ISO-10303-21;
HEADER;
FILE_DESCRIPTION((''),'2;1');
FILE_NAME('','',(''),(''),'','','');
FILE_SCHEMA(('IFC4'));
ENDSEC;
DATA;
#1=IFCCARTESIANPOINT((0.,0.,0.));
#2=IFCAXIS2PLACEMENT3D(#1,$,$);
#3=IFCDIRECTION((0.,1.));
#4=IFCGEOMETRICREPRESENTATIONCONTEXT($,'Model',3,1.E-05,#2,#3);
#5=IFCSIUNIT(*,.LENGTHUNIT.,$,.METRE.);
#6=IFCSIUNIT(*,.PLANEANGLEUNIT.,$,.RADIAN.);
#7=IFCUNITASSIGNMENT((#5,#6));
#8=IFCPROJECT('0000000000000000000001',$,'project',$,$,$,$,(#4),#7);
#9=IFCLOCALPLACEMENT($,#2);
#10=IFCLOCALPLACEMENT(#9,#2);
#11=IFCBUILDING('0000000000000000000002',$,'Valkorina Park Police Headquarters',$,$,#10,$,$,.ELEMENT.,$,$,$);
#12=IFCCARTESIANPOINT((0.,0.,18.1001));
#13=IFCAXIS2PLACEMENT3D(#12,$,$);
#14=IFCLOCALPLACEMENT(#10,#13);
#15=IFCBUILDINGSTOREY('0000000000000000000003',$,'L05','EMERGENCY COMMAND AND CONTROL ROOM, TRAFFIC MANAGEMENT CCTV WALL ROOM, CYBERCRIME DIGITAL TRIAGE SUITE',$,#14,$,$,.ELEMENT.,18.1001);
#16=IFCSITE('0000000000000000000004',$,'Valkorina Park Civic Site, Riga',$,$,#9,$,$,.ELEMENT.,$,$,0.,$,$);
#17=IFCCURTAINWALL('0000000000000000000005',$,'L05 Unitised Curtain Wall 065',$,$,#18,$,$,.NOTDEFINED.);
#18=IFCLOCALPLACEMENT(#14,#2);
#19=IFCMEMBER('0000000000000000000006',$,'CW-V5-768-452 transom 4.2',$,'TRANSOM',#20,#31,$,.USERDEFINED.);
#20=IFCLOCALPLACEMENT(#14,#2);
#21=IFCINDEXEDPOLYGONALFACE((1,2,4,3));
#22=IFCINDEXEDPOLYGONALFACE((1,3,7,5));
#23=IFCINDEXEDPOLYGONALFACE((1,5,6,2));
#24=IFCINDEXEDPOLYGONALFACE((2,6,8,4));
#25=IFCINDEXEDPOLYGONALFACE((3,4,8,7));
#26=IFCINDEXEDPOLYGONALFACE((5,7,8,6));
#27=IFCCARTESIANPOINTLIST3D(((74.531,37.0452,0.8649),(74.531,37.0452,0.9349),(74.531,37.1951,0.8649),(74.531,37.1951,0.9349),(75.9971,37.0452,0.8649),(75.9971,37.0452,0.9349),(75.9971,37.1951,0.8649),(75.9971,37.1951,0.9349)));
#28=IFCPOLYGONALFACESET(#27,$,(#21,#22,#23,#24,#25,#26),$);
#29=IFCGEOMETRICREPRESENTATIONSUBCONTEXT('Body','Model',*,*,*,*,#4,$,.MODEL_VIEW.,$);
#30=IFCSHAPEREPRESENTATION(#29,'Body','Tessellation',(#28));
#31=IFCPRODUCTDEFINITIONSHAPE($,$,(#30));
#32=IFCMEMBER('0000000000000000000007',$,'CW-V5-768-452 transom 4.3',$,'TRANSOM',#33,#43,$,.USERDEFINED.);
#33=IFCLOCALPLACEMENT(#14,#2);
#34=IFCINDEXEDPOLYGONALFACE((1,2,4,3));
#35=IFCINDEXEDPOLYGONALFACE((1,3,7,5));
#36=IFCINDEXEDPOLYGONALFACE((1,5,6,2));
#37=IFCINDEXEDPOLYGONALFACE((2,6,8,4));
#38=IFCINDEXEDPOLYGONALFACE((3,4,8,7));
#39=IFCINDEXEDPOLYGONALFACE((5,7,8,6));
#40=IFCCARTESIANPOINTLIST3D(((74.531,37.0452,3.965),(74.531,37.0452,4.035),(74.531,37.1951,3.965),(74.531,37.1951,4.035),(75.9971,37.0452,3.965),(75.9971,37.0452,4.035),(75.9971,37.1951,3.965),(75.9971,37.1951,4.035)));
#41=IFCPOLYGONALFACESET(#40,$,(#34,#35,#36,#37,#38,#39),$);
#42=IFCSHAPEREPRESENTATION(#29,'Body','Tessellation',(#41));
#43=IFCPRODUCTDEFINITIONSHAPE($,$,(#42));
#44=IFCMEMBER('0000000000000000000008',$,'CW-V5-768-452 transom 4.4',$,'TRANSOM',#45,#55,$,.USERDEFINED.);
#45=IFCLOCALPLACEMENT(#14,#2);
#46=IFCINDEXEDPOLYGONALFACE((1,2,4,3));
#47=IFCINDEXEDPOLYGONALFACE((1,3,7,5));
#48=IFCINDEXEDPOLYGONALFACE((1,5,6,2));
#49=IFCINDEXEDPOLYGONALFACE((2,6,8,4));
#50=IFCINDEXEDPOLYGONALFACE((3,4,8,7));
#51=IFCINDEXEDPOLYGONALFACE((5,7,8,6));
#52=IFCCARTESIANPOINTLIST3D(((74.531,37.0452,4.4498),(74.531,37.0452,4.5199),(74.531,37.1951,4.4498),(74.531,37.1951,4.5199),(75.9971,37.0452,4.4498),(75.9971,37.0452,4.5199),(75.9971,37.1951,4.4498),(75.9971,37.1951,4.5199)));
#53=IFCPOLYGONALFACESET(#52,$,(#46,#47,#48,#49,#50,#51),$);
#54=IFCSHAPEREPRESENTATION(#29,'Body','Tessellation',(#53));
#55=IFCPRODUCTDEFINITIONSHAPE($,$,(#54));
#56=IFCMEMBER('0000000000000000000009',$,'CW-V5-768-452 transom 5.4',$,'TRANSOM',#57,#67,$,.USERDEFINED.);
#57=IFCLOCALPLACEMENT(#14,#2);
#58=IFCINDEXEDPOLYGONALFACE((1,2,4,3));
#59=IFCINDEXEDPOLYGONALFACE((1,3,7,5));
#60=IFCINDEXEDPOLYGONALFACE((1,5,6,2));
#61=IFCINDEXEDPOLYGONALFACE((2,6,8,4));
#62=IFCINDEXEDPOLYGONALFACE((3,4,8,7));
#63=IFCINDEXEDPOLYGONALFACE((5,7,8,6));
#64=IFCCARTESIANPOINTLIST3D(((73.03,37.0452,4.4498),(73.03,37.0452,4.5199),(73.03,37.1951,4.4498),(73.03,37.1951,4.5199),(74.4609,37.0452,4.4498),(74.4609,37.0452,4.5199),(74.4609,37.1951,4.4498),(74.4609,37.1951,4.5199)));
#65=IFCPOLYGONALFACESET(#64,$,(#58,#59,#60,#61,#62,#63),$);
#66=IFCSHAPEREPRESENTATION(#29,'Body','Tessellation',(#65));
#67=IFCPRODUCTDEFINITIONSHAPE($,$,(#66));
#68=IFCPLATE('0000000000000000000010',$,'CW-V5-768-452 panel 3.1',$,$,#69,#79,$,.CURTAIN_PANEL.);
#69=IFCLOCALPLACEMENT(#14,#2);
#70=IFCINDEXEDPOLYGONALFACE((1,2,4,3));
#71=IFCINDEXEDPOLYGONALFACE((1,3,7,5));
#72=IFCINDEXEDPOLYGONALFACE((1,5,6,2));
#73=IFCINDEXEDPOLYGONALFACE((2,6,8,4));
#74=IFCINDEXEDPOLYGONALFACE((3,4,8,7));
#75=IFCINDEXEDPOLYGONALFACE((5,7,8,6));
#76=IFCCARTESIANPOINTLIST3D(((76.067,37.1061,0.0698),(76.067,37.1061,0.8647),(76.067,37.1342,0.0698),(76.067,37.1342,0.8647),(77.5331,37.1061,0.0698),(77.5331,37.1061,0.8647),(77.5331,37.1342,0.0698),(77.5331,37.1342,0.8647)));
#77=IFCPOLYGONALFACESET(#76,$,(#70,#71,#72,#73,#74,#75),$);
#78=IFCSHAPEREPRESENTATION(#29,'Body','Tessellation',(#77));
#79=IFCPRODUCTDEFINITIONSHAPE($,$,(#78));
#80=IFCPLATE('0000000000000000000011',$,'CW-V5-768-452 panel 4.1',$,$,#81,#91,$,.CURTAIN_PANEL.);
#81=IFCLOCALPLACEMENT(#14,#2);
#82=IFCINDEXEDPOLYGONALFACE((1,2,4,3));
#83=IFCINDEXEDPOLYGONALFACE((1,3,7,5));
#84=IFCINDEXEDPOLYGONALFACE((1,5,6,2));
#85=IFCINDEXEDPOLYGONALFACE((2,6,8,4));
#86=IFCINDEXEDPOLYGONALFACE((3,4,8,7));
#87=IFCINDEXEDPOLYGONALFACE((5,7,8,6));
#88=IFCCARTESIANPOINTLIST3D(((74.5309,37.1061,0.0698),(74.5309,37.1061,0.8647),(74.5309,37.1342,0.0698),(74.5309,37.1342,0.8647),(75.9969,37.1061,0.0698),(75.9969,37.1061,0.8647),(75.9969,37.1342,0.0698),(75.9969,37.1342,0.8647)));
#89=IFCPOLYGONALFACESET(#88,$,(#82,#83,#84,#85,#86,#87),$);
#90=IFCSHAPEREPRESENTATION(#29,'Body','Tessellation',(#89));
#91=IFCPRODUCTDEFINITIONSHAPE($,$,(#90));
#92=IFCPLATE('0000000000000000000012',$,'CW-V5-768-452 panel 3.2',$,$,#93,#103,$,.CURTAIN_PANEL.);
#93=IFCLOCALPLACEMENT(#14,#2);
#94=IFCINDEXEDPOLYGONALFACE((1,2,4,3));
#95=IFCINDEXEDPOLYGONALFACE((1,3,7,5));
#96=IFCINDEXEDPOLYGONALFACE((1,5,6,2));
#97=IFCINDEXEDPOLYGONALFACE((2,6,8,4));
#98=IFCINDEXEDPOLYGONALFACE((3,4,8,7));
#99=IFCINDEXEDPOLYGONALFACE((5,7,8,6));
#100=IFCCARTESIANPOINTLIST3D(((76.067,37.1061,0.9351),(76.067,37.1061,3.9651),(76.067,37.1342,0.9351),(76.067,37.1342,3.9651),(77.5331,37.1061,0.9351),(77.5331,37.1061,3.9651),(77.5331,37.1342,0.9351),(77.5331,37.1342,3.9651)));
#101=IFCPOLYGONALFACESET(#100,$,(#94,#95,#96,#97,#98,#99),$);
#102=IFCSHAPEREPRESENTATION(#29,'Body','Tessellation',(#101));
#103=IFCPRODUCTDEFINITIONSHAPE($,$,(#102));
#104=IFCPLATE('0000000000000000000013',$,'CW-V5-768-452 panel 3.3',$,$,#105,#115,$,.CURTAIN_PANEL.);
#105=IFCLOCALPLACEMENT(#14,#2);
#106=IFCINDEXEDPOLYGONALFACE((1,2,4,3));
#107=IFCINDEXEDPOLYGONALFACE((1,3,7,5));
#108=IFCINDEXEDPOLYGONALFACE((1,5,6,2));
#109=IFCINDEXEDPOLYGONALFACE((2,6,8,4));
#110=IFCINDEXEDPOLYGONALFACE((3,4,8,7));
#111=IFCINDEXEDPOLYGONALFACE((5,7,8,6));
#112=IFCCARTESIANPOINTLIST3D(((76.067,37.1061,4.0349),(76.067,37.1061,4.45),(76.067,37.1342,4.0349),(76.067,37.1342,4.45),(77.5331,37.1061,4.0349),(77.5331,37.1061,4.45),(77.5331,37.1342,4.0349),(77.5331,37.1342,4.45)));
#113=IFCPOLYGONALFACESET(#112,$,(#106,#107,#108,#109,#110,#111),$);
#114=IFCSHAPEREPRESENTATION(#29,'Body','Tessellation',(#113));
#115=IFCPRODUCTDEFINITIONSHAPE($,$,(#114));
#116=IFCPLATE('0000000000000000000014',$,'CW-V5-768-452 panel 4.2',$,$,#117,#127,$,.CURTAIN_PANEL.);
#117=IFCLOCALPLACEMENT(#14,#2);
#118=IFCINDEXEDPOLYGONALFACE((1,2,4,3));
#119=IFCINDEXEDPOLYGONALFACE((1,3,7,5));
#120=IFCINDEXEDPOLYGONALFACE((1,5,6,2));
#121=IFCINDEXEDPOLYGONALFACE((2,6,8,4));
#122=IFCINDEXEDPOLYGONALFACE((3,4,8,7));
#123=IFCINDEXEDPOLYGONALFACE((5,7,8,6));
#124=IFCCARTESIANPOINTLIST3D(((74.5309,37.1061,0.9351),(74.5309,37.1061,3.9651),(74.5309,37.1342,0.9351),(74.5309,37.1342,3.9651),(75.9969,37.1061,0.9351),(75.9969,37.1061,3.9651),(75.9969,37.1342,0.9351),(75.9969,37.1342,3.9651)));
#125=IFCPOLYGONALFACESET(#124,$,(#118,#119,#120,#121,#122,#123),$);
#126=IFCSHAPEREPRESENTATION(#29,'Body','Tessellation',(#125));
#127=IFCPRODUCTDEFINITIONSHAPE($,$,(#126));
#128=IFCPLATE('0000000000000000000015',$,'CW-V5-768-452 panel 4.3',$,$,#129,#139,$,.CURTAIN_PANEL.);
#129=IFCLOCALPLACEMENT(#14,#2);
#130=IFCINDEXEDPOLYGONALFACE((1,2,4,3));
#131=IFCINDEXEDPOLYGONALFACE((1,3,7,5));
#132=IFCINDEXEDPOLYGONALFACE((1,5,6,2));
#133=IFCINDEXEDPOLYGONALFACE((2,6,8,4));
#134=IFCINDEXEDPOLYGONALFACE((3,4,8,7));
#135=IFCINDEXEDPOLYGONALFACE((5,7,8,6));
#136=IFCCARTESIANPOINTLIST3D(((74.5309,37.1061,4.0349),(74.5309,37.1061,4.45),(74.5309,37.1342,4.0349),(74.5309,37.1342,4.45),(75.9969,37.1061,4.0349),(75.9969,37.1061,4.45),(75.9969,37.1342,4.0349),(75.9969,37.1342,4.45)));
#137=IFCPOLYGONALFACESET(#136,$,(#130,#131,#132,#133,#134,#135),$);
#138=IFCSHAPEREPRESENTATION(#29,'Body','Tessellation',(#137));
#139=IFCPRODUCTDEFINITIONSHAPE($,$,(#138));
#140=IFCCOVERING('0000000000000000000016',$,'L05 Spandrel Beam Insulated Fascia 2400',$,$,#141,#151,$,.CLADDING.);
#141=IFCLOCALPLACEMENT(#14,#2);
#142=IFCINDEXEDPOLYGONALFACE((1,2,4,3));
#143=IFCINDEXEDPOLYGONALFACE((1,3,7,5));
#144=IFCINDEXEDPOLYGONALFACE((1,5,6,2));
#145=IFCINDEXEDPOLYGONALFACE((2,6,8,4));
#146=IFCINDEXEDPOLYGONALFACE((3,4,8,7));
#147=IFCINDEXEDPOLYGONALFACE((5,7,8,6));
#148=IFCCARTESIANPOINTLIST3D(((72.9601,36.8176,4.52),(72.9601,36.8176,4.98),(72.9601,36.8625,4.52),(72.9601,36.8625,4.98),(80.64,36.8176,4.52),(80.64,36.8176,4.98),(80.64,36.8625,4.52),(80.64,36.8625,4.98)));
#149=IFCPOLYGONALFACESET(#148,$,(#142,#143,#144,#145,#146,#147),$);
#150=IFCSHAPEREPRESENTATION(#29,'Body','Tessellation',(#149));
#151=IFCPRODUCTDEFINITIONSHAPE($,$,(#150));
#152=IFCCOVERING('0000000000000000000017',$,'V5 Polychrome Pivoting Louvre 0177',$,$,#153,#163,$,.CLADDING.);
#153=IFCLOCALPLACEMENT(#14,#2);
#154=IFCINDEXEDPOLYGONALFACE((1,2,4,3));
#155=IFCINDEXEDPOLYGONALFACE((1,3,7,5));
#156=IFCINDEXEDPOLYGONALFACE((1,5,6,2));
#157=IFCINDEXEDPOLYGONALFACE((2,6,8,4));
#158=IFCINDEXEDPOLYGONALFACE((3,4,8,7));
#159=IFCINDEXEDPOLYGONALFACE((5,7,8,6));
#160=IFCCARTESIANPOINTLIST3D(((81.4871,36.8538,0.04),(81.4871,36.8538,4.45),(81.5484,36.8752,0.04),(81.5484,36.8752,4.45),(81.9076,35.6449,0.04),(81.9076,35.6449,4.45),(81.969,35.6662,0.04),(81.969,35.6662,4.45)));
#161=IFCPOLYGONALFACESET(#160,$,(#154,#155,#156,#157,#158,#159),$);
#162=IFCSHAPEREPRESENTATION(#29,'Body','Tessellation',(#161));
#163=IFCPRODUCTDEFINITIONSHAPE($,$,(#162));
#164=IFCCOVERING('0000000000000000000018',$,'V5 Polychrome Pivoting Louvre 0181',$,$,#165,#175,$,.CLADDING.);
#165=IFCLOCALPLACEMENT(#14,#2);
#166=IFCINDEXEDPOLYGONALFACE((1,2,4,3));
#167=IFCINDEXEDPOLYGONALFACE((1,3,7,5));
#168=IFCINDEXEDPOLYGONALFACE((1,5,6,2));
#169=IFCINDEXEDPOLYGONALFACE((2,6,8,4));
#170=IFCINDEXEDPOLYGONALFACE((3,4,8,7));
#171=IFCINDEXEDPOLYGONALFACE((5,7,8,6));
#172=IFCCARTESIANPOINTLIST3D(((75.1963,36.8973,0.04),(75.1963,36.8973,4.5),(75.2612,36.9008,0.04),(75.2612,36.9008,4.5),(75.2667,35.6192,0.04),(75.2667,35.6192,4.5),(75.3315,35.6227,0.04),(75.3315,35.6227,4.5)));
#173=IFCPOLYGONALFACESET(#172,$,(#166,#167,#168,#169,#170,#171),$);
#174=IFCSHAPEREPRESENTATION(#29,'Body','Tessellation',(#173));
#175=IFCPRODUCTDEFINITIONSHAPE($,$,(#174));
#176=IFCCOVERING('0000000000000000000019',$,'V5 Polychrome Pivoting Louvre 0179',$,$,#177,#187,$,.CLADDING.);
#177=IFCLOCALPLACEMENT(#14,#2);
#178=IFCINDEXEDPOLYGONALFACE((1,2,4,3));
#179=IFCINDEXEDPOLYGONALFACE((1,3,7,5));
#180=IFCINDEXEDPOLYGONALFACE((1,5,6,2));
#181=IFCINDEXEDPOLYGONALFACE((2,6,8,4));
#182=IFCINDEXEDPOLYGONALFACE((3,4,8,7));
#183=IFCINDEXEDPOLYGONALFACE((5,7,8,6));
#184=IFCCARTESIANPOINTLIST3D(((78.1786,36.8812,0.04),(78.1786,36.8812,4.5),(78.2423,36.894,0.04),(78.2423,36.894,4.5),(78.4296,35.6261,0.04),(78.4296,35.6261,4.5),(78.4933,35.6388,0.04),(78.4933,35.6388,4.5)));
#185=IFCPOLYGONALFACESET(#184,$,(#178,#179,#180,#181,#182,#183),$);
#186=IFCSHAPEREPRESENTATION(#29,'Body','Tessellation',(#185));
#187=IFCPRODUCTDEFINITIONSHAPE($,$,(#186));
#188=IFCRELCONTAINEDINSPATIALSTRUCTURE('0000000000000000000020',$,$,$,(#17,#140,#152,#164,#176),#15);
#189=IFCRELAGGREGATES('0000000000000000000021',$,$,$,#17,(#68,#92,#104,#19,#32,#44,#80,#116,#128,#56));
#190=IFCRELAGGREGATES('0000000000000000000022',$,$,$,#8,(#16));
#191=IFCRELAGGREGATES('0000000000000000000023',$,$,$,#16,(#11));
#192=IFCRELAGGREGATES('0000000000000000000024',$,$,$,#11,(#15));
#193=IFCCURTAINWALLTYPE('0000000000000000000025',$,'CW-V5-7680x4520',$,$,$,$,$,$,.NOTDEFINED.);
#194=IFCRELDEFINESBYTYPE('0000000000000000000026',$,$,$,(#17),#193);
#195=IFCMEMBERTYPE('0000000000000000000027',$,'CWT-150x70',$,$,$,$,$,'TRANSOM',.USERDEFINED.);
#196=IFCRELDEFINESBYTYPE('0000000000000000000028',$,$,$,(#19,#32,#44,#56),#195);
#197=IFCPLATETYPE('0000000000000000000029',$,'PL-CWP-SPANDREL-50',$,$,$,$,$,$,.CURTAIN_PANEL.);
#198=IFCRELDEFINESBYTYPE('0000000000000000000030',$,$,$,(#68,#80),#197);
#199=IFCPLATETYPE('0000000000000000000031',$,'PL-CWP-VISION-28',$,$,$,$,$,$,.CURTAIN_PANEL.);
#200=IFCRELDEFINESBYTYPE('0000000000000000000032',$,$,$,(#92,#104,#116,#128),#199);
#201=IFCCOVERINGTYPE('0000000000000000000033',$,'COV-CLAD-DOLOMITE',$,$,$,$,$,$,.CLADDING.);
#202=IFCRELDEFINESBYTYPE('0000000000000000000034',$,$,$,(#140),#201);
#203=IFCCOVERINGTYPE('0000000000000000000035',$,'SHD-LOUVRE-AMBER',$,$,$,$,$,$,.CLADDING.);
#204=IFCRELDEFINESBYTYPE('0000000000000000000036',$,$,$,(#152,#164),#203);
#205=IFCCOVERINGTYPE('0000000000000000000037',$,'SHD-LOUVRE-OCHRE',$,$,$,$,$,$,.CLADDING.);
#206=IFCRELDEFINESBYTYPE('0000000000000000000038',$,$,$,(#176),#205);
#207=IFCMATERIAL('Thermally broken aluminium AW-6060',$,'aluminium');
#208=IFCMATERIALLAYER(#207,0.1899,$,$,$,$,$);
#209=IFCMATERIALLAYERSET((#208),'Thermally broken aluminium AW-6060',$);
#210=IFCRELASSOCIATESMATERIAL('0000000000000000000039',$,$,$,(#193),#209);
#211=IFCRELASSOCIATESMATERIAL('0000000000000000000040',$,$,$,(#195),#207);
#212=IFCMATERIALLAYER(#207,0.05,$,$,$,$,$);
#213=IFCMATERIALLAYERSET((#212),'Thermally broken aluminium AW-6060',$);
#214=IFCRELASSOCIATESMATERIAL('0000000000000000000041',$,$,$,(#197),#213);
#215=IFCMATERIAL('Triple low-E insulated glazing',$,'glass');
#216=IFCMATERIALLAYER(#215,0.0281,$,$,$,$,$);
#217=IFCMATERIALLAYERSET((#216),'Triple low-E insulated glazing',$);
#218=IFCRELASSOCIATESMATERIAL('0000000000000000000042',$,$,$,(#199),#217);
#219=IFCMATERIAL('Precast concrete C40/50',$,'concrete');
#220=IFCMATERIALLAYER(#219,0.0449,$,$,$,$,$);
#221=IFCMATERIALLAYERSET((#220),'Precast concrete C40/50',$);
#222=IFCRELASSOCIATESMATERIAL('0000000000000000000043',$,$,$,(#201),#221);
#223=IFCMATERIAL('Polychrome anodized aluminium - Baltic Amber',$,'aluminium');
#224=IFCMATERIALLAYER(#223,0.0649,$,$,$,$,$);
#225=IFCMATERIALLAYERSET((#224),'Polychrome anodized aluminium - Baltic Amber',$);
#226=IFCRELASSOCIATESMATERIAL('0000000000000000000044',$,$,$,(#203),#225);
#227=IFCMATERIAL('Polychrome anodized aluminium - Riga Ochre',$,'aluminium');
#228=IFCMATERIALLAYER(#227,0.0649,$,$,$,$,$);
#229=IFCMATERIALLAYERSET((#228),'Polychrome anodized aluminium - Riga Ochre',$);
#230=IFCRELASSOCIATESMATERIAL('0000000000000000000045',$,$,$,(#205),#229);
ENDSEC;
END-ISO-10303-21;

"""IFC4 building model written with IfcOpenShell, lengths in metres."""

from ifc_helpers import new_model, si_unit, direction, frame, frame_2d, origin, origin_2d, place, context, subcontext, project, spatial, rectangle, extrude, material, layer, layer_set, material_profile, profile_set, type_object, element, aggregate, save


model = new_model("IFC4")

# Units and contexts
model_context = context("Model", 3, precision=1e-05, world=origin(), true_north=direction((0.0, 1.0)))
body_context = subcontext(model_context, "Body", "Model", "MODEL_VIEW")
ifc_project = project(units=[si_unit("LENGTHUNIT", "METRE"), si_unit("PLANEANGLEUNIT", "RADIAN")], contexts=[model_context])

# Site, building, storey
site_placement = place(None, origin())
site = spatial("IfcSite", under=ifc_project, at=site_placement, Name="Valkorina Park Civic Site, Riga", CompositionType="ELEMENT", RefElevation=0.0)
building_placement = place(site_placement, origin())
building = spatial("IfcBuilding", under=site, at=building_placement, Name="Valkorina Park Police Headquarters", CompositionType="ELEMENT")
storey_placement = place(building_placement, frame((0.0, 0.0, 18.1001)))
storey = spatial("IfcBuildingStorey", under=building, at=storey_placement, Name="L05", Description="EMERGENCY COMMAND AND CONTROL ROOM, TRAFFIC MANAGEMENT CCTV WALL ROOM, CYBERCRIME DIGITAL TRIAGE SUITE", CompositionType="ELEMENT", Elevation=18.1001)

# Curtain wall, members, plates
ifc_material_1 = material(Name="Thermally broken aluminium AW-6060", Category="aluminium")
ifc_layer_1 = layer(ifc_material_1, 0.1899)
ifc_layer_set_1 = layer_set([ifc_layer_1], Name="Thermally broken aluminium AW-6060")
curtain_wall_type = type_object("IfcCurtainWallType", Name="CW-V5-7680x4520", PredefinedType="NOTDEFINED", material=ifc_layer_set_1)
curtain_wall_placement = place(storey_placement, origin())
curtain_wall = element("IfcCurtainWall", 1, at=curtain_wall_placement, inside=storey, type_object=curtain_wall_type, Name="L05 Unitised Curtain Wall 065", PredefinedType="NOTDEFINED")
ifc_material_profile_1 = material_profile(ifc_material_1, rectangle(XDim=0.1499, YDim=0.0701, at=origin_2d()), Name="CWT-02 150x70")
ifc_profile_set_1 = profile_set([ifc_material_profile_1], Name="Thermally broken aluminium AW-6060")
member_type_1 = type_object("IfcMemberType", Name="CWT-150x70", ElementType="TRANSOM", PredefinedType="USERDEFINED", material=ifc_profile_set_1)
member_1_placement = place(storey_placement, frame((75.9971, 37.1201, 0.8999), z_axis=(-1.0, 0.0, 0.0), x_axis=(0.0, -1.0, 0.0)))
member_1 = element("IfcMember", 2, at=member_1_placement, type_object=member_type_1, Name="CW-V5-768-452 transom 4.2", ObjectType="TRANSOM", PredefinedType="USERDEFINED", context=body_context, shape_type="SweptSolid", body=[
    extrude(rectangle(XDim=0.1499, YDim=0.0701, at=origin_2d()), origin(), (0.0, 0.0, 1.0), 1.4661),
])
member_2_placement = place(storey_placement, frame((75.9971, 37.1201, 4.0), z_axis=(-1.0, 0.0, 0.0), x_axis=(0.0, -1.0, 0.0)))
member_2 = element("IfcMember", 3, at=member_2_placement, type_object=member_type_1, Name="CW-V5-768-452 transom 4.3", ObjectType="TRANSOM", PredefinedType="USERDEFINED", context=body_context, shape_type="SweptSolid", body=[
    extrude(rectangle(XDim=0.1499, YDim=0.0701, at=origin_2d()), origin(), (0.0, 0.0, 1.0), 1.4661),
])
member_3_placement = place(storey_placement, frame((75.9971, 37.1201, 4.4849), z_axis=(-1.0, 0.0, 0.0), x_axis=(0.0, -1.0, 0.0)))
member_3 = element("IfcMember", 4, at=member_3_placement, type_object=member_type_1, Name="CW-V5-768-452 transom 4.4", ObjectType="TRANSOM", PredefinedType="USERDEFINED", context=body_context, shape_type="SweptSolid", body=[
    extrude(rectangle(XDim=0.1499, YDim=0.0701, at=origin_2d()), origin(), (0.0, 0.0, 1.0), 1.4661),
])
member_4_placement = place(storey_placement, frame((74.4609, 37.1201, 4.4849), z_axis=(-1.0, 0.0, 0.0), x_axis=(0.0, -1.0, 0.0)))
member_4 = element("IfcMember", 5, at=member_4_placement, type_object=member_type_1, Name="CW-V5-768-452 transom 5.4", ObjectType="TRANSOM", PredefinedType="USERDEFINED", context=body_context, shape_type="SweptSolid", body=[
    extrude(rectangle(XDim=0.1499, YDim=0.0701, at=origin_2d()), origin(), (0.0, 0.0, 1.0), 1.4309),
])
ifc_layer_2 = layer(ifc_material_1, 0.05)
ifc_layer_set_2 = layer_set([ifc_layer_2], Name="Thermally broken aluminium AW-6060")
plate_type_1 = type_object("IfcPlateType", Name="PL-CWP-SPANDREL-50", PredefinedType="CURTAIN_PANEL", material=ifc_layer_set_2)
plate_1_placement = place(storey_placement, frame((76.8, 37.1201, 0.0698), z_axis=(0.0, 0.0, 1.0), x_axis=(-1.0, 0.0, 0.0)))
plate_1 = element("IfcPlate", 6, at=plate_1_placement, type_object=plate_type_1, Name="CW-V5-768-452 panel 3.1", PredefinedType="CURTAIN_PANEL", context=body_context, shape_type="SweptSolid", body=[
    extrude(rectangle(XDim=1.4661, YDim=0.0281, at=origin_2d()), origin(), (0.0, 0.0, 1.0), 0.7949),
])
plate_2_placement = place(storey_placement, frame((75.2639, 37.1201, 0.0698), z_axis=(0.0, 0.0, 1.0), x_axis=(-1.0, 0.0, 0.0)))
plate_2 = element("IfcPlate", 7, at=plate_2_placement, type_object=plate_type_1, Name="CW-V5-768-452 panel 4.1", PredefinedType="CURTAIN_PANEL", context=body_context, shape_type="SweptSolid", body=[
    extrude(rectangle(XDim=1.4661, YDim=0.0281, at=origin_2d()), origin(), (0.0, 0.0, 1.0), 0.7949),
])
ifc_material_2 = material(Name="Triple low-E insulated glazing", Category="glass")
ifc_layer_3 = layer(ifc_material_2, 0.0281)
ifc_layer_set_3 = layer_set([ifc_layer_3], Name="Triple low-E insulated glazing")
plate_type_2 = type_object("IfcPlateType", Name="PL-CWP-VISION-28", PredefinedType="CURTAIN_PANEL", material=ifc_layer_set_3)
plate_3_placement = place(storey_placement, frame((76.8, 37.1201, 0.9351), z_axis=(0.0, 0.0, 1.0), x_axis=(-1.0, 0.0, 0.0)))
plate_3 = element("IfcPlate", 8, at=plate_3_placement, type_object=plate_type_2, Name="CW-V5-768-452 panel 3.2", PredefinedType="CURTAIN_PANEL", context=body_context, shape_type="SweptSolid", body=[
    extrude(rectangle(XDim=1.4661, YDim=0.0281, at=origin_2d()), origin(), (0.0, 0.0, 1.0), 3.03),
])
plate_4_placement = place(storey_placement, frame((76.8, 37.1201, 4.0349), z_axis=(0.0, 0.0, 1.0), x_axis=(-1.0, 0.0, 0.0)))
plate_4 = element("IfcPlate", 9, at=plate_4_placement, type_object=plate_type_2, Name="CW-V5-768-452 panel 3.3", PredefinedType="CURTAIN_PANEL", context=body_context, shape_type="SweptSolid", body=[
    extrude(rectangle(XDim=1.4661, YDim=0.0281, at=origin_2d()), origin(), (0.0, 0.0, 1.0), 0.415),
])
plate_5_placement = place(storey_placement, frame((75.2639, 37.1201, 0.9351), z_axis=(0.0, 0.0, 1.0), x_axis=(-1.0, 0.0, 0.0)))
plate_5 = element("IfcPlate", 10, at=plate_5_placement, type_object=plate_type_2, Name="CW-V5-768-452 panel 4.2", PredefinedType="CURTAIN_PANEL", context=body_context, shape_type="SweptSolid", body=[
    extrude(rectangle(XDim=1.4661, YDim=0.0281, at=origin_2d()), origin(), (0.0, 0.0, 1.0), 3.03),
])
plate_6_placement = place(storey_placement, frame((75.2639, 37.1201, 4.0349), z_axis=(0.0, 0.0, 1.0), x_axis=(-1.0, 0.0, 0.0)))
plate_6 = element("IfcPlate", 11, at=plate_6_placement, type_object=plate_type_2, Name="CW-V5-768-452 panel 4.3", PredefinedType="CURTAIN_PANEL", context=body_context, shape_type="SweptSolid", body=[
    extrude(rectangle(XDim=1.4661, YDim=0.0281, at=origin_2d()), origin(), (0.0, 0.0, 1.0), 0.415),
])
aggregate(curtain_wall, [plate_1, plate_3, plate_4, member_1, member_2, member_3, plate_2, plate_5, plate_6, member_4])

# Coverings
ifc_material_3 = material(Name="Precast concrete C40/50", Category="concrete")
ifc_layer_4 = layer(ifc_material_3, 0.0449)
ifc_layer_set_4 = layer_set([ifc_layer_4], Name="Precast concrete C40/50")
covering_type_1 = type_object("IfcCoveringType", Name="COV-CLAD-DOLOMITE", PredefinedType="CLADDING", material=ifc_layer_set_4)
covering_1_placement = place(storey_placement, frame((80.6399, 36.8401, 4.52), z_axis=(0.0, 0.0, 1.0), x_axis=(-1.0, 0.0, 0.0)))
element("IfcCovering", 12, at=covering_1_placement, inside=storey, type_object=covering_type_1, Name="L05 Spandrel Beam Insulated Fascia 2400", PredefinedType="CLADDING", context=body_context, shape_type="SweptSolid", body=[
    extrude(rectangle(XDim=7.6799, YDim=0.0449, at=frame_2d((3.8398, 0.0))), origin(), (0.0, 0.0, 1.0), 0.46),
])
ifc_material_4 = material(Name="Polychrome anodized aluminium - Baltic Amber", Category="aluminium")
ifc_layer_5 = layer(ifc_material_4, 0.0649)
ifc_layer_set_5 = layer_set([ifc_layer_5], Name="Polychrome anodized aluminium - Baltic Amber")
covering_type_2 = type_object("IfcCoveringType", Name="SHD-LOUVRE-AMBER", PredefinedType="CLADDING", material=ifc_layer_set_5)
covering_2_placement = place(storey_placement, frame((81.728, 36.26, 0.04), z_axis=(0.0, 0.0, 1.0), x_axis=(0.328537, -0.944491, 0.0)))
element("IfcCovering", 13, at=covering_2_placement, inside=storey, type_object=covering_type_2, Name="V5 Polychrome Pivoting Louvre 0177", PredefinedType="CLADDING", context=body_context, shape_type="SweptSolid", body=[
    extrude(rectangle(XDim=1.28, YDim=0.0649, at=origin_2d()), origin(), (0.0, 0.0, 1.0), 4.4099),
])
covering_3_placement = place(storey_placement, frame((75.2639, 36.26, 0.04), z_axis=(0.0, 0.0, 1.0), x_axis=(0.05495, -0.998489, 0.0)))
element("IfcCovering", 14, at=covering_3_placement, inside=storey, type_object=covering_type_2, Name="V5 Polychrome Pivoting Louvre 0181", PredefinedType="CLADDING", context=body_context, shape_type="SweptSolid", body=[
    extrude(rectangle(XDim=1.28, YDim=0.0649, at=origin_2d()), origin(), (0.0, 0.0, 1.0), 4.46),
])
ifc_material_5 = material(Name="Polychrome anodized aluminium - Riga Ochre", Category="aluminium")
ifc_layer_6 = layer(ifc_material_5, 0.0649)
ifc_layer_set_6 = layer_set([ifc_layer_6], Name="Polychrome anodized aluminium - Riga Ochre")
covering_type_3 = type_object("IfcCoveringType", Name="SHD-LOUVRE-OCHRE", PredefinedType="CLADDING", material=ifc_layer_set_6)
covering_4_placement = place(storey_placement, frame((78.3359, 36.26, 0.04), z_axis=(0.0, 0.0, 1.0), x_axis=(0.196117, -0.98058, 0.0)))
element("IfcCovering", 15, at=covering_4_placement, inside=storey, type_object=covering_type_3, Name="V5 Polychrome Pivoting Louvre 0179", PredefinedType="CLADDING", context=body_context, shape_type="SweptSolid", body=[
    extrude(rectangle(XDim=1.28, YDim=0.0649, at=origin_2d()), origin(), (0.0, 0.0, 1.0), 4.46),
])

save(model, "model.ifc")
